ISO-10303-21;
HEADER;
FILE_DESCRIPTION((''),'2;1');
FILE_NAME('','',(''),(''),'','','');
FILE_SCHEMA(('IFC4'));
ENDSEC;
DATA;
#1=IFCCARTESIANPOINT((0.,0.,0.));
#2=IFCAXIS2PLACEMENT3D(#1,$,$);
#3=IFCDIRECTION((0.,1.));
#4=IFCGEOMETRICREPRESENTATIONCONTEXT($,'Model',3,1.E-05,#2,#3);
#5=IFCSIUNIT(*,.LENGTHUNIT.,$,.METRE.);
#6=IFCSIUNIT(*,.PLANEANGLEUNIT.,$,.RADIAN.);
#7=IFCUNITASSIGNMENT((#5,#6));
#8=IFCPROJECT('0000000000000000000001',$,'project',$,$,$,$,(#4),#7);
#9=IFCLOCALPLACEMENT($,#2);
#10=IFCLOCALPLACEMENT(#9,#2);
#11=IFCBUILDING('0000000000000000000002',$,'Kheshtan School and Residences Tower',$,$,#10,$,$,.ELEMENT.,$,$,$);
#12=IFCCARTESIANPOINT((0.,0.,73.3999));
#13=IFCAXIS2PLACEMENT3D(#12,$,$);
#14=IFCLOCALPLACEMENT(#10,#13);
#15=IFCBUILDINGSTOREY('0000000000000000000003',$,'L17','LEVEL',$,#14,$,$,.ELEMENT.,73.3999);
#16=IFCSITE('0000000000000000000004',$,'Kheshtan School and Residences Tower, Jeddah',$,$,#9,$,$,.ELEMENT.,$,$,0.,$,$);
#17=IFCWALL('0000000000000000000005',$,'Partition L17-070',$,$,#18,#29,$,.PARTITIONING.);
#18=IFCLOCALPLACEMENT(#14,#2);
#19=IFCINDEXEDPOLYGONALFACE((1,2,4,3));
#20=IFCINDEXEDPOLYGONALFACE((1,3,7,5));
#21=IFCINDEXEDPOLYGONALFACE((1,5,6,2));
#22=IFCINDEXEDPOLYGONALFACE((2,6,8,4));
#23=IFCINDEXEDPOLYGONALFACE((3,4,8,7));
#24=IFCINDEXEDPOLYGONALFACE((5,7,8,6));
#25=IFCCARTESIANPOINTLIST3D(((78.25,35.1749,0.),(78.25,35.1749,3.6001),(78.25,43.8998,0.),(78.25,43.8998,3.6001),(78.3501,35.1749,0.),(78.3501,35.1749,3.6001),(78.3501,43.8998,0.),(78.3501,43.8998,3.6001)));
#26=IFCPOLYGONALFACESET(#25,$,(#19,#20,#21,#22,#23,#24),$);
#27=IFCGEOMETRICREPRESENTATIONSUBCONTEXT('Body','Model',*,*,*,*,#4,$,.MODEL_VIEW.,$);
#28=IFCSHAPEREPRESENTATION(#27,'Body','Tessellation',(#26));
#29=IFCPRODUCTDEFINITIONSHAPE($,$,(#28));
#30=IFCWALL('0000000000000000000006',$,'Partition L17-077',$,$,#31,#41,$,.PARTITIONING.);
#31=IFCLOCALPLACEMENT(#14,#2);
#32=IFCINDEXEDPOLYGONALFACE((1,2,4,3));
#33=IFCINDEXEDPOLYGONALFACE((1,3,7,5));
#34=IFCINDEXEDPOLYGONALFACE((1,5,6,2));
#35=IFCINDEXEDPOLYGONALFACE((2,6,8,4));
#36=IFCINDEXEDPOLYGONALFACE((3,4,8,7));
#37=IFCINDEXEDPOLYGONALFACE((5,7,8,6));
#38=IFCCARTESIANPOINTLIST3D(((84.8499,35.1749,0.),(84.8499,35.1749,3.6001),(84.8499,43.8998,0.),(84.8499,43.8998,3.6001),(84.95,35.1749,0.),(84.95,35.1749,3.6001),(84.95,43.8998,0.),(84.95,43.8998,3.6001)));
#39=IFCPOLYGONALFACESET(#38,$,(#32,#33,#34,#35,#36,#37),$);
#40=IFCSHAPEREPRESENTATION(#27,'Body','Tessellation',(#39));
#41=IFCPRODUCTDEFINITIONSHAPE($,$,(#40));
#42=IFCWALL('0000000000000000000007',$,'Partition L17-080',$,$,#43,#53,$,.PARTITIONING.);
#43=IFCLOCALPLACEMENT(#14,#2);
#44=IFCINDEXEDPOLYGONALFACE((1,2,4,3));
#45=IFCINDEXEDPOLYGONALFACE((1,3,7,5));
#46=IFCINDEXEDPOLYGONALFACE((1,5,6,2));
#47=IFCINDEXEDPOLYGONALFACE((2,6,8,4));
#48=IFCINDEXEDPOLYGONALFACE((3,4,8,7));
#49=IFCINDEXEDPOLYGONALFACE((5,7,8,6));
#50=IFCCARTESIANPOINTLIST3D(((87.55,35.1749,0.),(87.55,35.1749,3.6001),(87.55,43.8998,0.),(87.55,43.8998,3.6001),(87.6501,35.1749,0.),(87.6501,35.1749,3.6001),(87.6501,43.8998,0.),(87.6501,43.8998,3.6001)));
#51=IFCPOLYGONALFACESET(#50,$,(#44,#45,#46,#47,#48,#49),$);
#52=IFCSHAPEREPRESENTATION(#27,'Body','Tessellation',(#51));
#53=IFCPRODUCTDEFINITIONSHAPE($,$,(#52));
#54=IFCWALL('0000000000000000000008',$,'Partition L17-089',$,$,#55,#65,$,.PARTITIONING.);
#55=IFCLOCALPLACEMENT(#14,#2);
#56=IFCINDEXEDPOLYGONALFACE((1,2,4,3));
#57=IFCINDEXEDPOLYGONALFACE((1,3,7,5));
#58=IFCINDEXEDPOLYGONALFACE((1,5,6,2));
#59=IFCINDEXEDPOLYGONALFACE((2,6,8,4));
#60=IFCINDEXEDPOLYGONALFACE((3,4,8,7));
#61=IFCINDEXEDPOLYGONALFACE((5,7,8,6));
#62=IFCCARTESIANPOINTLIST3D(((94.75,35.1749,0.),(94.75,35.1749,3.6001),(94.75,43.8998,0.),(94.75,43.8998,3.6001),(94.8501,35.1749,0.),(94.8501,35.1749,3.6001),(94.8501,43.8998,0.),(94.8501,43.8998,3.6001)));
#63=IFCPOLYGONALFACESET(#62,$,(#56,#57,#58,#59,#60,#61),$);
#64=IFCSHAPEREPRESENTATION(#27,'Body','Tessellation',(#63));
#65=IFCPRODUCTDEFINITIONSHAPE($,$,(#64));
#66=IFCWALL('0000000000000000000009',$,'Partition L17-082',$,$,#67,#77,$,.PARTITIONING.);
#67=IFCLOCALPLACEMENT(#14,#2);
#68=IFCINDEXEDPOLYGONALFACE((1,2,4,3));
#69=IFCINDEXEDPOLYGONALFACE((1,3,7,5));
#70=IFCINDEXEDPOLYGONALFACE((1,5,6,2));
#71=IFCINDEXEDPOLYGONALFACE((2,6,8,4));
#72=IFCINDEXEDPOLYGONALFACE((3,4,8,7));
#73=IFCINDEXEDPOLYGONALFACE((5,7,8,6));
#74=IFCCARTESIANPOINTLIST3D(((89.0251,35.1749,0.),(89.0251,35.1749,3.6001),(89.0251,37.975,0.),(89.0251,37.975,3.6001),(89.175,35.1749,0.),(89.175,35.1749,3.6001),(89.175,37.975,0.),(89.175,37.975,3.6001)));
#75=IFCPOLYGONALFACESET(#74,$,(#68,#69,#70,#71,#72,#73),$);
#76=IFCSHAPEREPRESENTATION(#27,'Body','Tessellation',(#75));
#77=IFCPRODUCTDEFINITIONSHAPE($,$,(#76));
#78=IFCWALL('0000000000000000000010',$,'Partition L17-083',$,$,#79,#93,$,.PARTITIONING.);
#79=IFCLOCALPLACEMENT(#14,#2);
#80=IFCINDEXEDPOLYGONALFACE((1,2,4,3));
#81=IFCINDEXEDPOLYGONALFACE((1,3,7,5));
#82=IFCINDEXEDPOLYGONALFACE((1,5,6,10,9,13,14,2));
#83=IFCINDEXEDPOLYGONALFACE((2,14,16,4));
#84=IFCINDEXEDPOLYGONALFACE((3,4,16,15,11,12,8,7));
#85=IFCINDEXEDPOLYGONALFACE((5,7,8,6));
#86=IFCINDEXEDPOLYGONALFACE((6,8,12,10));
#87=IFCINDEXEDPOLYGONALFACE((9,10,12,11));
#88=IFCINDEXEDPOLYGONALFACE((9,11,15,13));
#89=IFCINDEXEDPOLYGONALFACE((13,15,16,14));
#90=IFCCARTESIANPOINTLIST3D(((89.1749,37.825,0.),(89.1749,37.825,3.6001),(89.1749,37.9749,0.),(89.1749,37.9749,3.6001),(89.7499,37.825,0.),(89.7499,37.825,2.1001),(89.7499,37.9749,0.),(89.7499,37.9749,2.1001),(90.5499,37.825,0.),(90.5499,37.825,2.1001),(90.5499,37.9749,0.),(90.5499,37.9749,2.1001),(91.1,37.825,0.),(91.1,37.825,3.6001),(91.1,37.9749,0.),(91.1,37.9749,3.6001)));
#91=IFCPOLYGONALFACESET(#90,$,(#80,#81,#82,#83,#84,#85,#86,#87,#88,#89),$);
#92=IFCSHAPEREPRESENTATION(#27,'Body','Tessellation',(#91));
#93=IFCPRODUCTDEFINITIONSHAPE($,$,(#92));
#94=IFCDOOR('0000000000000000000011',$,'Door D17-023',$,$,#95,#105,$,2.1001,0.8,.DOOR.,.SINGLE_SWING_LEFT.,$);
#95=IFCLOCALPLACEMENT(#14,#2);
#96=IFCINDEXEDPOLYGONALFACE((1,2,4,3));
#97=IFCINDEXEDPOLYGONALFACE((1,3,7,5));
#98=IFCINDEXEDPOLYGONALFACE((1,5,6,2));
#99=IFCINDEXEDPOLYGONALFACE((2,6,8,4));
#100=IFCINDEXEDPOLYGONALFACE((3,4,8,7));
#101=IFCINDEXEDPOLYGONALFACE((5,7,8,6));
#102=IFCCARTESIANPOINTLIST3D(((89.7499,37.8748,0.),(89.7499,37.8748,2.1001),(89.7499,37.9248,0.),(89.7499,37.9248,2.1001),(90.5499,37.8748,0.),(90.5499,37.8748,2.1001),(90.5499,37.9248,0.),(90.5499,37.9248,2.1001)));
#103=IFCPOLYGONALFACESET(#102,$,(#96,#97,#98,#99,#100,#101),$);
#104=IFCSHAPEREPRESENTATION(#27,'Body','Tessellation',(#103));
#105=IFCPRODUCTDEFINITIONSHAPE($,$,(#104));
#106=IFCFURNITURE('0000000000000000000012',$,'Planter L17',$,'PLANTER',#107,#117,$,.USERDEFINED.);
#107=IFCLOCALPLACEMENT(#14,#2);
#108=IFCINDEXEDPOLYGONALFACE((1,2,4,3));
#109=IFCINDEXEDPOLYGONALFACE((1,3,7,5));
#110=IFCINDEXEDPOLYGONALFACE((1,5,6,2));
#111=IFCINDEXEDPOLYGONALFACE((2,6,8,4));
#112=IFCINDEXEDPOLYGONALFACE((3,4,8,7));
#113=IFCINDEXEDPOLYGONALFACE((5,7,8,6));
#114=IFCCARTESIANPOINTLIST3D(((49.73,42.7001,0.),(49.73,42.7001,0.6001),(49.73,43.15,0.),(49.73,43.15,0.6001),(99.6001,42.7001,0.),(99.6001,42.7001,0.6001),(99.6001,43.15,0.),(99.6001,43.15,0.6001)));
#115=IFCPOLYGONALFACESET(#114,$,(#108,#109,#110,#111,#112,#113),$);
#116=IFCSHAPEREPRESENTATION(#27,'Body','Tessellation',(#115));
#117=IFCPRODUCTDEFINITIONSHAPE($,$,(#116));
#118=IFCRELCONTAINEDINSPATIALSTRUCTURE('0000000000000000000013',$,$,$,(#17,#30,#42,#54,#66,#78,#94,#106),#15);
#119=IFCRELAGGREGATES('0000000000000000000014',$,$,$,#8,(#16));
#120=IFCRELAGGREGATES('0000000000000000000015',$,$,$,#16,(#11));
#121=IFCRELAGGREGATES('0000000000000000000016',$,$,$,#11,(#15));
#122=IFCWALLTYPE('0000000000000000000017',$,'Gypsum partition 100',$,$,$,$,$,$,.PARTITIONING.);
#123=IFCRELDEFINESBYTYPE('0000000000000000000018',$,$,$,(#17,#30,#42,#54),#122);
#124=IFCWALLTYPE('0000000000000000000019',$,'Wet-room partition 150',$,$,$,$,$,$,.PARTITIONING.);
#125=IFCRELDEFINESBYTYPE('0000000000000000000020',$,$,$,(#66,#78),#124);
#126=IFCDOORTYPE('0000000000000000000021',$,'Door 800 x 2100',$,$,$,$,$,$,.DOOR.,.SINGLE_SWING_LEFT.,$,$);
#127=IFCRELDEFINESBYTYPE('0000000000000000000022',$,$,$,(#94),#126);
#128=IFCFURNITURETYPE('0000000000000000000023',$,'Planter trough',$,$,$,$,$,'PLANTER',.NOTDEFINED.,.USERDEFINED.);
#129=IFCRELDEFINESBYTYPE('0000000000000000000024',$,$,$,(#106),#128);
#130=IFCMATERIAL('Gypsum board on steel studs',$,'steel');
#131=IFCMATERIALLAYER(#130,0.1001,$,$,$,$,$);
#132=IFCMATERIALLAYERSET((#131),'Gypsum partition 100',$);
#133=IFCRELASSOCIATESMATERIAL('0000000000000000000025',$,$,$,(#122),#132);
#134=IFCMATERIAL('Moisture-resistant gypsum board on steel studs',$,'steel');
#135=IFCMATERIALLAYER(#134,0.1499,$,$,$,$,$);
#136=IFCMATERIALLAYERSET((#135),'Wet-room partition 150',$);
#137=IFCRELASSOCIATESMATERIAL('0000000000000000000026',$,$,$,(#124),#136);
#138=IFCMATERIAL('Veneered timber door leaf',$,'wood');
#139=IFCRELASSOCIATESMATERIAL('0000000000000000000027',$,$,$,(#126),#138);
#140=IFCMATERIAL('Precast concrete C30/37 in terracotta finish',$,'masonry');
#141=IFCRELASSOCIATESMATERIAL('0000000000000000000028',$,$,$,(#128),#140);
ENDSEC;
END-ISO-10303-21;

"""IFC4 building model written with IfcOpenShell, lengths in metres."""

from ifc_helpers import new_model, si_unit, direction, frame, frame_2d, origin, origin_2d, place, context, subcontext, project, spatial, rectangle, extrude, source, transform, mapped, material, layer, layer_set, type_object, element, fill, save


model = new_model("IFC4")

# Units and contexts
model_context = context("Model", 3, precision=1e-05, world=origin(), true_north=direction((0.0, 1.0)))
body_context = subcontext(model_context, "Body", "Model", "MODEL_VIEW")
ifc_project = project(units=[si_unit("LENGTHUNIT", "METRE"), si_unit("PLANEANGLEUNIT", "RADIAN")], contexts=[model_context])

# Site, building, storey
site_placement = place(None, origin())
site = spatial("IfcSite", under=ifc_project, at=site_placement, Name="Kheshtan School and Residences Tower, Jeddah", CompositionType="ELEMENT", RefElevation=0.0)
building_placement = place(site_placement, origin())
building = spatial("IfcBuilding", under=site, at=building_placement, Name="Kheshtan School and Residences Tower", CompositionType="ELEMENT")
storey_placement = place(building_placement, frame((0.0, 0.0, 73.3999)))
storey = spatial("IfcBuildingStorey", under=building, at=storey_placement, Name="L17", Description="LEVEL", CompositionType="ELEMENT", Elevation=73.3999)

# Walls
ifc_material_1 = material(Name="Gypsum board on steel studs", Category="steel")
ifc_layer_1 = layer(ifc_material_1, 0.1001)
ifc_layer_set_1 = layer_set([ifc_layer_1], Name="Gypsum partition 100")
wall_type_1 = type_object("IfcWallType", Name="Gypsum partition 100", PredefinedType="PARTITIONING", material=ifc_layer_set_1)
for number, where, z_axis, x_axis, name in (
    (1, (78.3, 35.175, 0.0), (0.0, 0.0, 1.0), (0.0, 1.0, 0.0), "Partition L17-070"),
    (2, (84.8999, 35.175, 0.0), (0.0, 0.0, 1.0), (0.0, 1.0, 0.0), "Partition L17-077"),
    (3, (87.6001, 35.175, 0.0), (0.0, 0.0, 1.0), (0.0, 1.0, 0.0), "Partition L17-080"),
    (4, (94.8, 35.175, 0.0), (0.0, 0.0, 1.0), (0.0, 1.0, 0.0), "Partition L17-089"),
):
    element("IfcWall", number, at=place(storey_placement, frame(where, z_axis=z_axis, x_axis=x_axis)), inside=storey, type_object=wall_type_1, Name=name, PredefinedType="PARTITIONING", context=body_context, shape_type="SweptSolid", body=[
        extrude(rectangle(XDim=8.7249, YDim=0.1001, at=frame_2d((4.3623, 0.0))), origin(), (0.0, 0.0, 1.0), 3.6001),
    ])
ifc_material_2 = material(Name="Moisture-resistant gypsum board on steel studs", Category="steel")
ifc_layer_2 = layer(ifc_material_2, 0.1499)
ifc_layer_set_2 = layer_set([ifc_layer_2], Name="Wet-room partition 150")
wall_type_2 = type_object("IfcWallType", Name="Wet-room partition 150", PredefinedType="PARTITIONING", material=ifc_layer_set_2)
wall_1_placement = place(storey_placement, frame((89.1001, 35.175, 0.0), z_axis=(0.0, 0.0, 1.0), x_axis=(0.0, 1.0, 0.0)))
element("IfcWall", 5, at=wall_1_placement, inside=storey, type_object=wall_type_2, Name="Partition L17-082", PredefinedType="PARTITIONING", context=body_context, shape_type="SweptSolid", body=[
    extrude(rectangle(XDim=2.8, YDim=0.1499, at=frame_2d((1.3999, 0.0))), origin(), (0.0, 0.0, 1.0), 3.6001),
])

# Wall, opening, door
wall_2_placement = place(storey_placement, frame((89.175, 37.8999, 0.0), z_axis=(0.0, 0.0, 1.0), x_axis=(1.0, 0.0, 0.0)))
wall_2 = element("IfcWall", 6, at=wall_2_placement, inside=storey, type_object=wall_type_2, Name="Partition L17-083", PredefinedType="PARTITIONING", context=body_context, shape_type="SweptSolid", body=[
    extrude(rectangle(XDim=1.925, YDim=0.1499, at=frame_2d((0.9624, 0.0))), origin(), (0.0, 0.0, 1.0), 3.6001),
])
opening_1_placement = place(wall_2_placement, frame((0.575, 0.0, 0.0)))
opening_1 = element("IfcOpeningElement", 7, at=opening_1_placement, cuts=wall_2, PredefinedType="OPENING", context=body_context, shape_type="SweptSolid", body=[
    extrude(rectangle(XDim=0.8, YDim=2.1001, at=frame_2d((0.3999, 1.05))), frame((0.0, 0.085, 0.0), z_axis=(0.0, -1.0, 0.0), x_axis=(1.0, 0.0, 0.0)), (0.0, 0.0, 1.0), 0.1699),
])
ifc_material_3 = material(Name="Veneered timber door leaf", Category="wood")
door_type_1 = type_object("IfcDoorType", Name="Door 800 x 2100", OperationType="SINGLE_SWING_LEFT", PredefinedType="DOOR", material=ifc_material_3)
shared_shape_1 = source(origin(), body_context, "Body", "SweptSolid", [
    extrude(rectangle(XDim=0.8, YDim=2.1001, at=frame_2d((0.3999, 1.05))), frame((0.0, 0.0249, 0.0), z_axis=(0.0, -1.0, 0.0), x_axis=(1.0, 0.0, 0.0)), (0.0, 0.0, 1.0), 0.05),
])
door_1_placement = place(opening_1_placement, origin())
door_1 = element("IfcDoor", 8, at=door_1_placement, inside=storey, type_object=door_type_1, Name="Door D17-023", OperationType="SINGLE_SWING_LEFT", OverallHeight=2.1001, OverallWidth=0.8, PredefinedType="DOOR", context=body_context, shape_type="MappedRepresentation", body=[
    mapped(shared_shape_1, transform((0.0, 0.0, 0.0), x_axis=(1.0, 0.0, 0.0), y_axis=(0.0, 1.0, 0.0), z_axis=(0.0, 0.0, 1.0), scale=1.0)),
])
fill(opening_1, door_1)

# Furniture
ifc_material_4 = material(Name="Precast concrete C30/37 in terracotta finish", Category="masonry")
furniture_type = type_object("IfcFurnitureType", Name="Planter trough", ElementType="PLANTER", AssemblyPlace="NOTDEFINED", PredefinedType="USERDEFINED", material=ifc_material_4)
furniture_placement = place(storey_placement, frame((74.665, 42.925, 0.0), z_axis=(0.0, 0.0, 1.0), x_axis=(1.0, 0.0, 0.0)))
element("IfcFurniture", 9, at=furniture_placement, inside=storey, type_object=furniture_type, Name="Planter L17", ObjectType="PLANTER", PredefinedType="USERDEFINED", context=body_context, shape_type="SweptSolid", body=[
    extrude(rectangle(XDim=49.8701, YDim=0.45, at=origin_2d()), origin(), (0.0, 0.0, 1.0), 0.6001),
])

save(model, "model.ifc")
